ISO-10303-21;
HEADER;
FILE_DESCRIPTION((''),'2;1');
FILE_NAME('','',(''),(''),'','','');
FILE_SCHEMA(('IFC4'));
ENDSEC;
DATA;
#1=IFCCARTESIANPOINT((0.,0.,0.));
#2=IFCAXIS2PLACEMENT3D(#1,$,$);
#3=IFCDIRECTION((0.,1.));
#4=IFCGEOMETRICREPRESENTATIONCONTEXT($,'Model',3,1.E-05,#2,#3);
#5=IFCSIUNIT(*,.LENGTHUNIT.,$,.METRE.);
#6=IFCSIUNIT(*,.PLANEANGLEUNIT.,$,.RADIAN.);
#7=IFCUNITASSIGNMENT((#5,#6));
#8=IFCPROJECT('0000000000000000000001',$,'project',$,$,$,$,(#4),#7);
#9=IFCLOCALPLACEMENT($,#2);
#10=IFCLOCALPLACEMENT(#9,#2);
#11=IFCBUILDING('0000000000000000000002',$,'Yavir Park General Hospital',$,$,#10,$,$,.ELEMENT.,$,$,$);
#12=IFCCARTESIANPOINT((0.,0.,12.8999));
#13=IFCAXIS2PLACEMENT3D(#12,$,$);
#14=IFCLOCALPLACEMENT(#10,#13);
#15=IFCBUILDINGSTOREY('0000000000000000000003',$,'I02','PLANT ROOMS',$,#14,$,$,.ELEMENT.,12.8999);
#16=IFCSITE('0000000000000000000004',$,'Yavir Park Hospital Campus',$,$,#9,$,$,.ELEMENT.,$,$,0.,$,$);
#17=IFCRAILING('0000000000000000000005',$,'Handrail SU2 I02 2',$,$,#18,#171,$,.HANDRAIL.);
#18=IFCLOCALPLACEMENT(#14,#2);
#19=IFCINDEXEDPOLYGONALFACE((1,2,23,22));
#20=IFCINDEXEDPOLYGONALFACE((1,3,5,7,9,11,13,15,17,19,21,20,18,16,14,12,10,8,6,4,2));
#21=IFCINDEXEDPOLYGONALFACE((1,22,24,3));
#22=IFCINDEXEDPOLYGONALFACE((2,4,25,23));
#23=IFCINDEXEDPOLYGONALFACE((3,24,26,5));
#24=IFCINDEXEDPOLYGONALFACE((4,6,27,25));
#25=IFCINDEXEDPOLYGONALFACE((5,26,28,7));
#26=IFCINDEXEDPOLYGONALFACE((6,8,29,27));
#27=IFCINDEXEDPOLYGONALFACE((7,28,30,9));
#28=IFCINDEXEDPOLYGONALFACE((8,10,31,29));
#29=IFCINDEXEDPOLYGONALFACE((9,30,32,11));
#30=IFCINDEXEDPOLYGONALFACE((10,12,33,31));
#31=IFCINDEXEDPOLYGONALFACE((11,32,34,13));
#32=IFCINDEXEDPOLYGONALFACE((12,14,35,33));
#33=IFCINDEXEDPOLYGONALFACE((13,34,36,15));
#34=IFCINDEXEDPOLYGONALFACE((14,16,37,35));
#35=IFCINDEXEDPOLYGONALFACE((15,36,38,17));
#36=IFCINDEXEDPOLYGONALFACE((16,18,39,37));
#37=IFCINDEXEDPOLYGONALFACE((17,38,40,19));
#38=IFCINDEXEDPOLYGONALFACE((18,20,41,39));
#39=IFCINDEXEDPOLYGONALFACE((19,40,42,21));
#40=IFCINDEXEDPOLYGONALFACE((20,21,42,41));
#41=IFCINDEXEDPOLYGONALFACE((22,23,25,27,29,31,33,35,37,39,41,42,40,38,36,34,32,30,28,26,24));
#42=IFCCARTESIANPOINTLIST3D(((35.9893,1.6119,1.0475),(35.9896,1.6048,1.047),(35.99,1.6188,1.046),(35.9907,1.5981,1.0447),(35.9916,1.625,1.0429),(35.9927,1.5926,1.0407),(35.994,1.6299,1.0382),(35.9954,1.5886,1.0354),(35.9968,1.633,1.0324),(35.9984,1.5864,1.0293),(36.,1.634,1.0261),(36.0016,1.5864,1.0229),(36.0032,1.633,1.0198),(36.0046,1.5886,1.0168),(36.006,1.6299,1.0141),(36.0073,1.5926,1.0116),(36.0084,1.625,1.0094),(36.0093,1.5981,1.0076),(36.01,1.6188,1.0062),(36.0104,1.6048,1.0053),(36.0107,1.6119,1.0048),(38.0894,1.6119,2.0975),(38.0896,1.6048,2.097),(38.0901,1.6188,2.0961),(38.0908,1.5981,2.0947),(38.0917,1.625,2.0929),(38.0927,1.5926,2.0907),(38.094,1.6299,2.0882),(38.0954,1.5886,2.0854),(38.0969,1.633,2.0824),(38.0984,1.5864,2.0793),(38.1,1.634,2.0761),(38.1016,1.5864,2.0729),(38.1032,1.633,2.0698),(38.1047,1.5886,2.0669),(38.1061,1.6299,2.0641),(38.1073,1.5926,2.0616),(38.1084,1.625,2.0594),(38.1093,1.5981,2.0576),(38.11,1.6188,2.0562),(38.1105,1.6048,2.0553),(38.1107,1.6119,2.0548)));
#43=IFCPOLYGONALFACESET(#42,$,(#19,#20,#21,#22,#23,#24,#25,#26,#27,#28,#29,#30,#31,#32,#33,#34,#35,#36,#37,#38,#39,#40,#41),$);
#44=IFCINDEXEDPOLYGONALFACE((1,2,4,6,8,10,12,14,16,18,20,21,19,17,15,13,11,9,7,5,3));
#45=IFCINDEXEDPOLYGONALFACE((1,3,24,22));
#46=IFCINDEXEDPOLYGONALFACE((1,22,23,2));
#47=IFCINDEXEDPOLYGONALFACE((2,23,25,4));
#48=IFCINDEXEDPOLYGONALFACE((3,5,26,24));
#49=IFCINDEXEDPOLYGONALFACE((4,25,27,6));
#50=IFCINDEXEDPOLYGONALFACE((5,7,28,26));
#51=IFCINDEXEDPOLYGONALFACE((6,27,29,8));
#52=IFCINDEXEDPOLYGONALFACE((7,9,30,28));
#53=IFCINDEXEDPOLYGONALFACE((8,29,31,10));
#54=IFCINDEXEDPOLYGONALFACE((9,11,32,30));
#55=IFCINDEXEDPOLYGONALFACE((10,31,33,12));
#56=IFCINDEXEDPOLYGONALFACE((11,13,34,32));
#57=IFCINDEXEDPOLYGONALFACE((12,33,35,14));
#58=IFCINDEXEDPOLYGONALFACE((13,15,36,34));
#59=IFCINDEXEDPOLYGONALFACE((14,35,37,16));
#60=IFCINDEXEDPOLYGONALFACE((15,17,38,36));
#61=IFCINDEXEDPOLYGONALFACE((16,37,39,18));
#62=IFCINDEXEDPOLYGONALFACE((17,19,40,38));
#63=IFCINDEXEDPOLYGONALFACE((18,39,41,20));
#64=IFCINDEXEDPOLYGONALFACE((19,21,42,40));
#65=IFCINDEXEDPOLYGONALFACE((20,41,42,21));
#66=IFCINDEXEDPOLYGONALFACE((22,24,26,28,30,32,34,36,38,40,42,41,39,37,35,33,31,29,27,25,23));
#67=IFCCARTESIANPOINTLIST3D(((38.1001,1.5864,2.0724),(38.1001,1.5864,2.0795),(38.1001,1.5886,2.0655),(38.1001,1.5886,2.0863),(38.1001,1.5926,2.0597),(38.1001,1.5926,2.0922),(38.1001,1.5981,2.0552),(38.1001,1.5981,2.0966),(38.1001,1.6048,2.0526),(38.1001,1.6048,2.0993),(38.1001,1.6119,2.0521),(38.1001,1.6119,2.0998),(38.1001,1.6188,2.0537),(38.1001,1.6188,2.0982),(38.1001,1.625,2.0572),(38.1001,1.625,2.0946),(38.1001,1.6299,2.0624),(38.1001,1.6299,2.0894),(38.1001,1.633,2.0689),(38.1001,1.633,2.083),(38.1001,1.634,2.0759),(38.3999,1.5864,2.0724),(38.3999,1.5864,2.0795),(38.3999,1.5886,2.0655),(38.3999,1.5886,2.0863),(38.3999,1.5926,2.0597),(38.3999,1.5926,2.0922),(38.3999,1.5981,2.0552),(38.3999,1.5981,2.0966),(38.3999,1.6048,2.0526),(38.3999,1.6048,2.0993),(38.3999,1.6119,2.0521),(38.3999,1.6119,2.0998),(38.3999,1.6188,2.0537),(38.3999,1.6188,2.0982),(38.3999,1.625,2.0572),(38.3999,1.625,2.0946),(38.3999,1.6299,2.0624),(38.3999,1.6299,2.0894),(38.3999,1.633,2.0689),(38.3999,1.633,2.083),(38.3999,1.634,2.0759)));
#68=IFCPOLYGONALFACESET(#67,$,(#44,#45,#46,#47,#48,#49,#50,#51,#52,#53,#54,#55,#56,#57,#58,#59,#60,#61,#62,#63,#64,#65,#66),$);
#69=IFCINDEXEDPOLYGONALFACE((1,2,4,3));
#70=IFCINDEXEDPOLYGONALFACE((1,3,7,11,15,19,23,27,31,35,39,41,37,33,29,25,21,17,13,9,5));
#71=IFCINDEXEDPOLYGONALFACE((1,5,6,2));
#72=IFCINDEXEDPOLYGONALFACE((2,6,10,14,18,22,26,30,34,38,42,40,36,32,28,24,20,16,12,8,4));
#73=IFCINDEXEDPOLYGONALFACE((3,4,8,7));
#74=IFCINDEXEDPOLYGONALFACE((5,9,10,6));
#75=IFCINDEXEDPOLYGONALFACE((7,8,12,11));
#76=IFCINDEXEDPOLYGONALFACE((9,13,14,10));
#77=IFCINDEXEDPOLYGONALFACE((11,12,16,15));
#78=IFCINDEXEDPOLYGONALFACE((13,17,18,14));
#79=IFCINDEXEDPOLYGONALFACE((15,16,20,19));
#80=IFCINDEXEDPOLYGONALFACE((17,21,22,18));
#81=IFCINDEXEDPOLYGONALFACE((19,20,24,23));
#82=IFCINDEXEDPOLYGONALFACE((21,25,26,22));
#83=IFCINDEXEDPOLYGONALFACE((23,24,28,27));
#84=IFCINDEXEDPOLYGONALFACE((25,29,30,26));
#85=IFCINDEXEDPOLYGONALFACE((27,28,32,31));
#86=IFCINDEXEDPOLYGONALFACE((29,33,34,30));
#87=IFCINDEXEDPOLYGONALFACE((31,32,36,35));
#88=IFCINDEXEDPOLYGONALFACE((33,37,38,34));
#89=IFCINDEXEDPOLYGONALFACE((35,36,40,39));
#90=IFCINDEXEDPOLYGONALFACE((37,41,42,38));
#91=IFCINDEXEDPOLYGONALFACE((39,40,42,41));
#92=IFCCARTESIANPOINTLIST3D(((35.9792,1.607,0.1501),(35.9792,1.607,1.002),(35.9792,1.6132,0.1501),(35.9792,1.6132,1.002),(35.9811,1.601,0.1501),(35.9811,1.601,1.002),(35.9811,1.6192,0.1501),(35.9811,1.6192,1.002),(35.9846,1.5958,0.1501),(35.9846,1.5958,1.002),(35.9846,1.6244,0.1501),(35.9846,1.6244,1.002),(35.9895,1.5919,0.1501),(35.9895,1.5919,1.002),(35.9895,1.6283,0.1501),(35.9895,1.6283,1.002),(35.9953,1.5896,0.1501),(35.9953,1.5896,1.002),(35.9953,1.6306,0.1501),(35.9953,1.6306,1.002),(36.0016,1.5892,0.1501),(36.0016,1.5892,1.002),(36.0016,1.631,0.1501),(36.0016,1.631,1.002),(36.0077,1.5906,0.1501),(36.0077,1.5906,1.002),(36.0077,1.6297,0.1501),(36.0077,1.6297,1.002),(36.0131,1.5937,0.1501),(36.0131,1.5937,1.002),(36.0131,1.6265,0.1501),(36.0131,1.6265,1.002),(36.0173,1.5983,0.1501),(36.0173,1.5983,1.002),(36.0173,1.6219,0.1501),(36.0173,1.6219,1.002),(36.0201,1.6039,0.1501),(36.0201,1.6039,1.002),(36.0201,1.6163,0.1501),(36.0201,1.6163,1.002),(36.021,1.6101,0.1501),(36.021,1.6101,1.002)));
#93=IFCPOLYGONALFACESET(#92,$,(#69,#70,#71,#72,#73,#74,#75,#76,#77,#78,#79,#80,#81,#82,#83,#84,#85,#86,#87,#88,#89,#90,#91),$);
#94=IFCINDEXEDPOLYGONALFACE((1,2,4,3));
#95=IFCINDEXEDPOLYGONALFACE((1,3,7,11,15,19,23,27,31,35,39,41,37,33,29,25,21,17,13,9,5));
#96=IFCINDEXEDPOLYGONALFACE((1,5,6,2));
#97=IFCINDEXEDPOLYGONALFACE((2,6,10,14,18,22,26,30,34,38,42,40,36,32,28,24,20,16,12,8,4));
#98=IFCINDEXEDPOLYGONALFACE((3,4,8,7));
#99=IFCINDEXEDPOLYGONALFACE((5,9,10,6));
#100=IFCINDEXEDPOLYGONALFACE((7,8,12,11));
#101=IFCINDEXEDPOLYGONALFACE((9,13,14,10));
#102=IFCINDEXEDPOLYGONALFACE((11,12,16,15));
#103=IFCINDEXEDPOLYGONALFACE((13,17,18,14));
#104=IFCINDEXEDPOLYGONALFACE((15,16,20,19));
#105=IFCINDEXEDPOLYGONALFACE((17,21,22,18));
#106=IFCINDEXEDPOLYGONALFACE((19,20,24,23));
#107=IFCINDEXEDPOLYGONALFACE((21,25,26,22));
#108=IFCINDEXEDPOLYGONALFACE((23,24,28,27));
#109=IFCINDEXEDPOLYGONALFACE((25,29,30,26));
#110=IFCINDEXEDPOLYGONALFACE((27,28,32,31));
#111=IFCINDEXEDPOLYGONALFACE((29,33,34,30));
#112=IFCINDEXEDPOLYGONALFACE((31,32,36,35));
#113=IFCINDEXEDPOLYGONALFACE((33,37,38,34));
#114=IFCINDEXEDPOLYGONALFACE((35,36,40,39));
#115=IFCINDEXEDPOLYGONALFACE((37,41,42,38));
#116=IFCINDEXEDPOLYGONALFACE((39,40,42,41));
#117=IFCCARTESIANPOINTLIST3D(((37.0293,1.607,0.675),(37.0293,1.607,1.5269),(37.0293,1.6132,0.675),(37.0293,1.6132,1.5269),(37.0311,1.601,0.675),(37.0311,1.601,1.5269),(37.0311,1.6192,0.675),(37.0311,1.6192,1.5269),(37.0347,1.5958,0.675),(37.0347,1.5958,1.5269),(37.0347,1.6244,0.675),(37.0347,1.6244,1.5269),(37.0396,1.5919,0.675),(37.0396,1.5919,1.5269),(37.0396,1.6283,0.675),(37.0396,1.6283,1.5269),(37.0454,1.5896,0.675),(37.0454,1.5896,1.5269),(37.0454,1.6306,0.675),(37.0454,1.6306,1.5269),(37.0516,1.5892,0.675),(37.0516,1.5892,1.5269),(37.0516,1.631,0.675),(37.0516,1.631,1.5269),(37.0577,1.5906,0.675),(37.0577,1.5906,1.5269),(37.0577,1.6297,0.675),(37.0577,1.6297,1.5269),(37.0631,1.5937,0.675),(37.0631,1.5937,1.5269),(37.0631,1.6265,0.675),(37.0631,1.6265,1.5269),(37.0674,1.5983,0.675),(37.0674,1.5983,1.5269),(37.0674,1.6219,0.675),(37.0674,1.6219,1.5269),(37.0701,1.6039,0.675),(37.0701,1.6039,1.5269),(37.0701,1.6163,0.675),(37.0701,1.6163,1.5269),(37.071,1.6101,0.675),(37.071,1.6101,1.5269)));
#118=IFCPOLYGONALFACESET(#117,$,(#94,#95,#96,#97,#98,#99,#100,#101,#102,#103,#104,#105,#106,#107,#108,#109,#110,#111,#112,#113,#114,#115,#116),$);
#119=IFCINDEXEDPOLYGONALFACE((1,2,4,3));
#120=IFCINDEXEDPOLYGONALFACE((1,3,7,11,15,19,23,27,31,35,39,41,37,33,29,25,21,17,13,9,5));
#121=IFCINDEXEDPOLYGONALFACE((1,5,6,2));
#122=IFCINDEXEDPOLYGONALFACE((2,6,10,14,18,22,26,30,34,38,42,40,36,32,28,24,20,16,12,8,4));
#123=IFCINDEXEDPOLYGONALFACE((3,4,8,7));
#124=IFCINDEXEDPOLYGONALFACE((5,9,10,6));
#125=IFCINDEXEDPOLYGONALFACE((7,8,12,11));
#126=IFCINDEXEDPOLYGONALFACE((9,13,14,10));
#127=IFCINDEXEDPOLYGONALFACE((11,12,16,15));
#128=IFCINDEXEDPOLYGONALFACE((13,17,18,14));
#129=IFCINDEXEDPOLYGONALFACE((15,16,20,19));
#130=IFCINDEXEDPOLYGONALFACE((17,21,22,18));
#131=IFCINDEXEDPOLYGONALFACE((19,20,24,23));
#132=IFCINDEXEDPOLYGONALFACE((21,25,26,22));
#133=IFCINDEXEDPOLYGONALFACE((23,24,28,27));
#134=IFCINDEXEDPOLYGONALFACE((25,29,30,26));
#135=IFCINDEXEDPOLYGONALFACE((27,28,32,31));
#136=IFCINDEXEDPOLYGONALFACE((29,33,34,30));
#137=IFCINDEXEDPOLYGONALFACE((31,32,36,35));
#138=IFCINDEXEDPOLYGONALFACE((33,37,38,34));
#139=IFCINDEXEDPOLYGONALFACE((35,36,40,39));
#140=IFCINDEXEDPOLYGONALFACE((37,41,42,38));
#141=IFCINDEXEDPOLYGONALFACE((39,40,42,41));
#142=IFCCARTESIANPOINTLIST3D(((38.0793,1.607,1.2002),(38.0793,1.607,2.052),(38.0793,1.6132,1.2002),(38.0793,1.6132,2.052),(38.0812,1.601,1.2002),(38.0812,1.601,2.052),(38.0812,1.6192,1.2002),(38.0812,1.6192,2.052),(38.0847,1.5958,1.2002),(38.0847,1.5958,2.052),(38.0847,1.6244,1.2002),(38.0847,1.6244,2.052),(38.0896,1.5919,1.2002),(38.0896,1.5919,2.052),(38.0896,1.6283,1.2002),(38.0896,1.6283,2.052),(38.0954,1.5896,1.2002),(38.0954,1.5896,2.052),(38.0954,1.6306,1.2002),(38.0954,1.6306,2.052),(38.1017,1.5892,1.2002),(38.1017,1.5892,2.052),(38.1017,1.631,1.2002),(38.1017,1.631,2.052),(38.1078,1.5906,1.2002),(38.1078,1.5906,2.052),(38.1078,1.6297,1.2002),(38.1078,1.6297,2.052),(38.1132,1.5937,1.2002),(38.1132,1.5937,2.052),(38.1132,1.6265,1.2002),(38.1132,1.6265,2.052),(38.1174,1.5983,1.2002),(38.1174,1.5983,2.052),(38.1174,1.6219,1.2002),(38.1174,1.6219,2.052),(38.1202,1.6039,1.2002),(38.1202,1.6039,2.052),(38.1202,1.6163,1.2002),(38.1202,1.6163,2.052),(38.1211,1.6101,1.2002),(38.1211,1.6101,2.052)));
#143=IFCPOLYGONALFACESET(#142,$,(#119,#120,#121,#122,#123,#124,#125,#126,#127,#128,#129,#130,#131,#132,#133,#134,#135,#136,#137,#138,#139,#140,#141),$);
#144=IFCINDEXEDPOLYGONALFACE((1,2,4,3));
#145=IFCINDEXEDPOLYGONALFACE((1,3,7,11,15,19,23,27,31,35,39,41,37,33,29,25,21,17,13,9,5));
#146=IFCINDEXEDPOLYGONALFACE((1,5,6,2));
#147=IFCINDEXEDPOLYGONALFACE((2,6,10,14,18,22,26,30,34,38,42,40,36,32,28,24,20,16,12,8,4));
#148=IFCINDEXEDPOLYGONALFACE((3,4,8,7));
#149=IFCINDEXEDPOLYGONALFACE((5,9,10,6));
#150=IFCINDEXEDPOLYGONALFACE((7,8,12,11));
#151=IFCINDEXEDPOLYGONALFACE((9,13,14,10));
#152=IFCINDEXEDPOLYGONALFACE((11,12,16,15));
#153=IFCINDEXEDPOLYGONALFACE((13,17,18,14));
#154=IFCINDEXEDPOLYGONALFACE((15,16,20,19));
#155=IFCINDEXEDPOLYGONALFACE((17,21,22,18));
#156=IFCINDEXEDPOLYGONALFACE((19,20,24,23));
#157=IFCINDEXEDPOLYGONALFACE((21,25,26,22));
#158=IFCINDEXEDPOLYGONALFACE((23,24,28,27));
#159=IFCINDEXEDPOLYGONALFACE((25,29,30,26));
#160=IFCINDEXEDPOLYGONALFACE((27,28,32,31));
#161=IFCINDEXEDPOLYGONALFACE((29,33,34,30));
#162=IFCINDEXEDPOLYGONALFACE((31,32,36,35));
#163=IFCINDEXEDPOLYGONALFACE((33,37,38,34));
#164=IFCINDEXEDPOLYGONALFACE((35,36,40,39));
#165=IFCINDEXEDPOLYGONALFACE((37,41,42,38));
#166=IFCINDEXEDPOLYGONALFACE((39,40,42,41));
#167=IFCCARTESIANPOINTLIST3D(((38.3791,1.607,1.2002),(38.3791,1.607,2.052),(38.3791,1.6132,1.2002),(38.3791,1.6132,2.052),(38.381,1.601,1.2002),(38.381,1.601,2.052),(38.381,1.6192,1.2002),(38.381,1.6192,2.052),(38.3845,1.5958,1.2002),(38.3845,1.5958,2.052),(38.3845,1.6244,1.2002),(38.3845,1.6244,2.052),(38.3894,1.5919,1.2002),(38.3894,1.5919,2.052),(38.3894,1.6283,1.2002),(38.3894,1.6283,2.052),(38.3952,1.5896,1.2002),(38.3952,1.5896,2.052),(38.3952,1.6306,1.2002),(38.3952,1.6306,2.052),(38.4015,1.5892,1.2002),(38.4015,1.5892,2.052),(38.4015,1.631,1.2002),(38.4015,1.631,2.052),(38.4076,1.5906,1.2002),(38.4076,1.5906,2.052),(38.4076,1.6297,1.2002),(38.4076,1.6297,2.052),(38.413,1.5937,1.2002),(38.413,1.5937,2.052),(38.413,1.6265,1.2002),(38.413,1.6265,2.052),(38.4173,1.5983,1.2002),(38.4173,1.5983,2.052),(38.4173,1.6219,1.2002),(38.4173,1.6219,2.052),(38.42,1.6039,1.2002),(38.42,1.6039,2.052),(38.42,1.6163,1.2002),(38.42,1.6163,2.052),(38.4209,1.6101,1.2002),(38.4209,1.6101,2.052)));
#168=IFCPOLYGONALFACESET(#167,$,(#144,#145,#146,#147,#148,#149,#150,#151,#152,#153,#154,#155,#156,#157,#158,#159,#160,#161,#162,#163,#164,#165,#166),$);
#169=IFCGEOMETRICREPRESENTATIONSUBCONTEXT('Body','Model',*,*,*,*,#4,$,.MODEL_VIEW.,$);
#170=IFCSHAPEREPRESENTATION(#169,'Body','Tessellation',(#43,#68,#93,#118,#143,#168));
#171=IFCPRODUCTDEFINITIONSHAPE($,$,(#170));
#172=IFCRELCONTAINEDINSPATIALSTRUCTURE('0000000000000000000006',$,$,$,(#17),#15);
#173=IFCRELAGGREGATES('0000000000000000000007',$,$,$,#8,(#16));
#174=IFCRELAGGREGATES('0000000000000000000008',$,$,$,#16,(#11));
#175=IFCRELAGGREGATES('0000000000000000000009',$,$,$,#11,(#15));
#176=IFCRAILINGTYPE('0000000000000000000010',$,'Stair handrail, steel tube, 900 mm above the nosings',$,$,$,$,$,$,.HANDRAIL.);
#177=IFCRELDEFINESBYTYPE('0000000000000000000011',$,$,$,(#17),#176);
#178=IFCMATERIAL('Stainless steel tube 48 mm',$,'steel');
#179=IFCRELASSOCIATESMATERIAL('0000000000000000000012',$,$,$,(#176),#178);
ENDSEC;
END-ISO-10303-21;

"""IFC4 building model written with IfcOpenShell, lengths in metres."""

from ifc_helpers import new_model, si_unit, direction, frame, origin, origin_2d, place, context, subcontext, project, spatial, circle, extrude, material, type_object, element, save


model = new_model("IFC4")

# Units and contexts
model_context = context("Model", 3, precision=1e-05, world=origin(), true_north=direction((0.0, 1.0)))
body_context = subcontext(model_context, "Body", "Model", "MODEL_VIEW")
ifc_project = project(units=[si_unit("LENGTHUNIT", "METRE"), si_unit("PLANEANGLEUNIT", "RADIAN")], contexts=[model_context])

# Site, building, storey
site_placement = place(None, origin())
site = spatial("IfcSite", under=ifc_project, at=site_placement, Name="Yavir Park Hospital Campus", CompositionType="ELEMENT", RefElevation=0.0)
building_placement = place(site_placement, origin())
building = spatial("IfcBuilding", under=site, at=building_placement, Name="Yavir Park General Hospital", CompositionType="ELEMENT")
storey_placement = place(building_placement, frame((0.0, 0.0, 12.8999)))
storey = spatial("IfcBuildingStorey", under=building, at=storey_placement, Name="I02", Description="PLANT ROOMS", CompositionType="ELEMENT", Elevation=12.8999)

# Railing
ifc_material_1 = material(Name="Stainless steel tube 48 mm", Category="steel")
railing_type_1 = type_object("IfcRailingType", Name="Stair handrail, steel tube, 900 mm above the nosings", PredefinedType="HANDRAIL", material=ifc_material_1)
for number, where, name in (
    (1, (36.0, 1.6101, 0.1501), "Handrail SU2 I02 2"),
):
    element("IfcRailing", number, at=place(storey_placement, frame(where)), inside=storey, type_object=railing_type_1, Name=name, PredefinedType="HANDRAIL", context=body_context, shape_type="SweptSolid", body=[
        extrude(circle(Radius=0.0239, at=origin_2d()), frame((0.0, 0.0, 0.876), z_axis=(0.894427, 0.0, 0.447214), x_axis=(0.0, 1.0, 0.0)), (0.0, 0.0, 1.0), 2.3479),
        extrude(circle(Radius=0.0239, at=origin_2d()), frame((2.1001, 0.0, 1.9258), z_axis=(1.0, 0.0, 0.0), x_axis=(0.0, 1.0, 0.0)), (0.0, 0.0, 1.0), 0.2998),
        extrude(circle(Radius=0.021, at=origin_2d()), origin(), (0.0, 0.0, 1.0), 0.8518),
        extrude(circle(Radius=0.021, at=origin_2d()), frame((1.05, 0.0, 0.5249)), (0.0, 0.0, 1.0), 0.8518),
        extrude(circle(Radius=0.021, at=origin_2d()), frame((2.1001, 0.0, 1.05)), (0.0, 0.0, 1.0), 0.8518),
        extrude(circle(Radius=0.021, at=origin_2d()), frame((2.3999, 0.0, 1.05)), (0.0, 0.0, 1.0), 0.8518),
    ])

save(model, "model.ifc")
